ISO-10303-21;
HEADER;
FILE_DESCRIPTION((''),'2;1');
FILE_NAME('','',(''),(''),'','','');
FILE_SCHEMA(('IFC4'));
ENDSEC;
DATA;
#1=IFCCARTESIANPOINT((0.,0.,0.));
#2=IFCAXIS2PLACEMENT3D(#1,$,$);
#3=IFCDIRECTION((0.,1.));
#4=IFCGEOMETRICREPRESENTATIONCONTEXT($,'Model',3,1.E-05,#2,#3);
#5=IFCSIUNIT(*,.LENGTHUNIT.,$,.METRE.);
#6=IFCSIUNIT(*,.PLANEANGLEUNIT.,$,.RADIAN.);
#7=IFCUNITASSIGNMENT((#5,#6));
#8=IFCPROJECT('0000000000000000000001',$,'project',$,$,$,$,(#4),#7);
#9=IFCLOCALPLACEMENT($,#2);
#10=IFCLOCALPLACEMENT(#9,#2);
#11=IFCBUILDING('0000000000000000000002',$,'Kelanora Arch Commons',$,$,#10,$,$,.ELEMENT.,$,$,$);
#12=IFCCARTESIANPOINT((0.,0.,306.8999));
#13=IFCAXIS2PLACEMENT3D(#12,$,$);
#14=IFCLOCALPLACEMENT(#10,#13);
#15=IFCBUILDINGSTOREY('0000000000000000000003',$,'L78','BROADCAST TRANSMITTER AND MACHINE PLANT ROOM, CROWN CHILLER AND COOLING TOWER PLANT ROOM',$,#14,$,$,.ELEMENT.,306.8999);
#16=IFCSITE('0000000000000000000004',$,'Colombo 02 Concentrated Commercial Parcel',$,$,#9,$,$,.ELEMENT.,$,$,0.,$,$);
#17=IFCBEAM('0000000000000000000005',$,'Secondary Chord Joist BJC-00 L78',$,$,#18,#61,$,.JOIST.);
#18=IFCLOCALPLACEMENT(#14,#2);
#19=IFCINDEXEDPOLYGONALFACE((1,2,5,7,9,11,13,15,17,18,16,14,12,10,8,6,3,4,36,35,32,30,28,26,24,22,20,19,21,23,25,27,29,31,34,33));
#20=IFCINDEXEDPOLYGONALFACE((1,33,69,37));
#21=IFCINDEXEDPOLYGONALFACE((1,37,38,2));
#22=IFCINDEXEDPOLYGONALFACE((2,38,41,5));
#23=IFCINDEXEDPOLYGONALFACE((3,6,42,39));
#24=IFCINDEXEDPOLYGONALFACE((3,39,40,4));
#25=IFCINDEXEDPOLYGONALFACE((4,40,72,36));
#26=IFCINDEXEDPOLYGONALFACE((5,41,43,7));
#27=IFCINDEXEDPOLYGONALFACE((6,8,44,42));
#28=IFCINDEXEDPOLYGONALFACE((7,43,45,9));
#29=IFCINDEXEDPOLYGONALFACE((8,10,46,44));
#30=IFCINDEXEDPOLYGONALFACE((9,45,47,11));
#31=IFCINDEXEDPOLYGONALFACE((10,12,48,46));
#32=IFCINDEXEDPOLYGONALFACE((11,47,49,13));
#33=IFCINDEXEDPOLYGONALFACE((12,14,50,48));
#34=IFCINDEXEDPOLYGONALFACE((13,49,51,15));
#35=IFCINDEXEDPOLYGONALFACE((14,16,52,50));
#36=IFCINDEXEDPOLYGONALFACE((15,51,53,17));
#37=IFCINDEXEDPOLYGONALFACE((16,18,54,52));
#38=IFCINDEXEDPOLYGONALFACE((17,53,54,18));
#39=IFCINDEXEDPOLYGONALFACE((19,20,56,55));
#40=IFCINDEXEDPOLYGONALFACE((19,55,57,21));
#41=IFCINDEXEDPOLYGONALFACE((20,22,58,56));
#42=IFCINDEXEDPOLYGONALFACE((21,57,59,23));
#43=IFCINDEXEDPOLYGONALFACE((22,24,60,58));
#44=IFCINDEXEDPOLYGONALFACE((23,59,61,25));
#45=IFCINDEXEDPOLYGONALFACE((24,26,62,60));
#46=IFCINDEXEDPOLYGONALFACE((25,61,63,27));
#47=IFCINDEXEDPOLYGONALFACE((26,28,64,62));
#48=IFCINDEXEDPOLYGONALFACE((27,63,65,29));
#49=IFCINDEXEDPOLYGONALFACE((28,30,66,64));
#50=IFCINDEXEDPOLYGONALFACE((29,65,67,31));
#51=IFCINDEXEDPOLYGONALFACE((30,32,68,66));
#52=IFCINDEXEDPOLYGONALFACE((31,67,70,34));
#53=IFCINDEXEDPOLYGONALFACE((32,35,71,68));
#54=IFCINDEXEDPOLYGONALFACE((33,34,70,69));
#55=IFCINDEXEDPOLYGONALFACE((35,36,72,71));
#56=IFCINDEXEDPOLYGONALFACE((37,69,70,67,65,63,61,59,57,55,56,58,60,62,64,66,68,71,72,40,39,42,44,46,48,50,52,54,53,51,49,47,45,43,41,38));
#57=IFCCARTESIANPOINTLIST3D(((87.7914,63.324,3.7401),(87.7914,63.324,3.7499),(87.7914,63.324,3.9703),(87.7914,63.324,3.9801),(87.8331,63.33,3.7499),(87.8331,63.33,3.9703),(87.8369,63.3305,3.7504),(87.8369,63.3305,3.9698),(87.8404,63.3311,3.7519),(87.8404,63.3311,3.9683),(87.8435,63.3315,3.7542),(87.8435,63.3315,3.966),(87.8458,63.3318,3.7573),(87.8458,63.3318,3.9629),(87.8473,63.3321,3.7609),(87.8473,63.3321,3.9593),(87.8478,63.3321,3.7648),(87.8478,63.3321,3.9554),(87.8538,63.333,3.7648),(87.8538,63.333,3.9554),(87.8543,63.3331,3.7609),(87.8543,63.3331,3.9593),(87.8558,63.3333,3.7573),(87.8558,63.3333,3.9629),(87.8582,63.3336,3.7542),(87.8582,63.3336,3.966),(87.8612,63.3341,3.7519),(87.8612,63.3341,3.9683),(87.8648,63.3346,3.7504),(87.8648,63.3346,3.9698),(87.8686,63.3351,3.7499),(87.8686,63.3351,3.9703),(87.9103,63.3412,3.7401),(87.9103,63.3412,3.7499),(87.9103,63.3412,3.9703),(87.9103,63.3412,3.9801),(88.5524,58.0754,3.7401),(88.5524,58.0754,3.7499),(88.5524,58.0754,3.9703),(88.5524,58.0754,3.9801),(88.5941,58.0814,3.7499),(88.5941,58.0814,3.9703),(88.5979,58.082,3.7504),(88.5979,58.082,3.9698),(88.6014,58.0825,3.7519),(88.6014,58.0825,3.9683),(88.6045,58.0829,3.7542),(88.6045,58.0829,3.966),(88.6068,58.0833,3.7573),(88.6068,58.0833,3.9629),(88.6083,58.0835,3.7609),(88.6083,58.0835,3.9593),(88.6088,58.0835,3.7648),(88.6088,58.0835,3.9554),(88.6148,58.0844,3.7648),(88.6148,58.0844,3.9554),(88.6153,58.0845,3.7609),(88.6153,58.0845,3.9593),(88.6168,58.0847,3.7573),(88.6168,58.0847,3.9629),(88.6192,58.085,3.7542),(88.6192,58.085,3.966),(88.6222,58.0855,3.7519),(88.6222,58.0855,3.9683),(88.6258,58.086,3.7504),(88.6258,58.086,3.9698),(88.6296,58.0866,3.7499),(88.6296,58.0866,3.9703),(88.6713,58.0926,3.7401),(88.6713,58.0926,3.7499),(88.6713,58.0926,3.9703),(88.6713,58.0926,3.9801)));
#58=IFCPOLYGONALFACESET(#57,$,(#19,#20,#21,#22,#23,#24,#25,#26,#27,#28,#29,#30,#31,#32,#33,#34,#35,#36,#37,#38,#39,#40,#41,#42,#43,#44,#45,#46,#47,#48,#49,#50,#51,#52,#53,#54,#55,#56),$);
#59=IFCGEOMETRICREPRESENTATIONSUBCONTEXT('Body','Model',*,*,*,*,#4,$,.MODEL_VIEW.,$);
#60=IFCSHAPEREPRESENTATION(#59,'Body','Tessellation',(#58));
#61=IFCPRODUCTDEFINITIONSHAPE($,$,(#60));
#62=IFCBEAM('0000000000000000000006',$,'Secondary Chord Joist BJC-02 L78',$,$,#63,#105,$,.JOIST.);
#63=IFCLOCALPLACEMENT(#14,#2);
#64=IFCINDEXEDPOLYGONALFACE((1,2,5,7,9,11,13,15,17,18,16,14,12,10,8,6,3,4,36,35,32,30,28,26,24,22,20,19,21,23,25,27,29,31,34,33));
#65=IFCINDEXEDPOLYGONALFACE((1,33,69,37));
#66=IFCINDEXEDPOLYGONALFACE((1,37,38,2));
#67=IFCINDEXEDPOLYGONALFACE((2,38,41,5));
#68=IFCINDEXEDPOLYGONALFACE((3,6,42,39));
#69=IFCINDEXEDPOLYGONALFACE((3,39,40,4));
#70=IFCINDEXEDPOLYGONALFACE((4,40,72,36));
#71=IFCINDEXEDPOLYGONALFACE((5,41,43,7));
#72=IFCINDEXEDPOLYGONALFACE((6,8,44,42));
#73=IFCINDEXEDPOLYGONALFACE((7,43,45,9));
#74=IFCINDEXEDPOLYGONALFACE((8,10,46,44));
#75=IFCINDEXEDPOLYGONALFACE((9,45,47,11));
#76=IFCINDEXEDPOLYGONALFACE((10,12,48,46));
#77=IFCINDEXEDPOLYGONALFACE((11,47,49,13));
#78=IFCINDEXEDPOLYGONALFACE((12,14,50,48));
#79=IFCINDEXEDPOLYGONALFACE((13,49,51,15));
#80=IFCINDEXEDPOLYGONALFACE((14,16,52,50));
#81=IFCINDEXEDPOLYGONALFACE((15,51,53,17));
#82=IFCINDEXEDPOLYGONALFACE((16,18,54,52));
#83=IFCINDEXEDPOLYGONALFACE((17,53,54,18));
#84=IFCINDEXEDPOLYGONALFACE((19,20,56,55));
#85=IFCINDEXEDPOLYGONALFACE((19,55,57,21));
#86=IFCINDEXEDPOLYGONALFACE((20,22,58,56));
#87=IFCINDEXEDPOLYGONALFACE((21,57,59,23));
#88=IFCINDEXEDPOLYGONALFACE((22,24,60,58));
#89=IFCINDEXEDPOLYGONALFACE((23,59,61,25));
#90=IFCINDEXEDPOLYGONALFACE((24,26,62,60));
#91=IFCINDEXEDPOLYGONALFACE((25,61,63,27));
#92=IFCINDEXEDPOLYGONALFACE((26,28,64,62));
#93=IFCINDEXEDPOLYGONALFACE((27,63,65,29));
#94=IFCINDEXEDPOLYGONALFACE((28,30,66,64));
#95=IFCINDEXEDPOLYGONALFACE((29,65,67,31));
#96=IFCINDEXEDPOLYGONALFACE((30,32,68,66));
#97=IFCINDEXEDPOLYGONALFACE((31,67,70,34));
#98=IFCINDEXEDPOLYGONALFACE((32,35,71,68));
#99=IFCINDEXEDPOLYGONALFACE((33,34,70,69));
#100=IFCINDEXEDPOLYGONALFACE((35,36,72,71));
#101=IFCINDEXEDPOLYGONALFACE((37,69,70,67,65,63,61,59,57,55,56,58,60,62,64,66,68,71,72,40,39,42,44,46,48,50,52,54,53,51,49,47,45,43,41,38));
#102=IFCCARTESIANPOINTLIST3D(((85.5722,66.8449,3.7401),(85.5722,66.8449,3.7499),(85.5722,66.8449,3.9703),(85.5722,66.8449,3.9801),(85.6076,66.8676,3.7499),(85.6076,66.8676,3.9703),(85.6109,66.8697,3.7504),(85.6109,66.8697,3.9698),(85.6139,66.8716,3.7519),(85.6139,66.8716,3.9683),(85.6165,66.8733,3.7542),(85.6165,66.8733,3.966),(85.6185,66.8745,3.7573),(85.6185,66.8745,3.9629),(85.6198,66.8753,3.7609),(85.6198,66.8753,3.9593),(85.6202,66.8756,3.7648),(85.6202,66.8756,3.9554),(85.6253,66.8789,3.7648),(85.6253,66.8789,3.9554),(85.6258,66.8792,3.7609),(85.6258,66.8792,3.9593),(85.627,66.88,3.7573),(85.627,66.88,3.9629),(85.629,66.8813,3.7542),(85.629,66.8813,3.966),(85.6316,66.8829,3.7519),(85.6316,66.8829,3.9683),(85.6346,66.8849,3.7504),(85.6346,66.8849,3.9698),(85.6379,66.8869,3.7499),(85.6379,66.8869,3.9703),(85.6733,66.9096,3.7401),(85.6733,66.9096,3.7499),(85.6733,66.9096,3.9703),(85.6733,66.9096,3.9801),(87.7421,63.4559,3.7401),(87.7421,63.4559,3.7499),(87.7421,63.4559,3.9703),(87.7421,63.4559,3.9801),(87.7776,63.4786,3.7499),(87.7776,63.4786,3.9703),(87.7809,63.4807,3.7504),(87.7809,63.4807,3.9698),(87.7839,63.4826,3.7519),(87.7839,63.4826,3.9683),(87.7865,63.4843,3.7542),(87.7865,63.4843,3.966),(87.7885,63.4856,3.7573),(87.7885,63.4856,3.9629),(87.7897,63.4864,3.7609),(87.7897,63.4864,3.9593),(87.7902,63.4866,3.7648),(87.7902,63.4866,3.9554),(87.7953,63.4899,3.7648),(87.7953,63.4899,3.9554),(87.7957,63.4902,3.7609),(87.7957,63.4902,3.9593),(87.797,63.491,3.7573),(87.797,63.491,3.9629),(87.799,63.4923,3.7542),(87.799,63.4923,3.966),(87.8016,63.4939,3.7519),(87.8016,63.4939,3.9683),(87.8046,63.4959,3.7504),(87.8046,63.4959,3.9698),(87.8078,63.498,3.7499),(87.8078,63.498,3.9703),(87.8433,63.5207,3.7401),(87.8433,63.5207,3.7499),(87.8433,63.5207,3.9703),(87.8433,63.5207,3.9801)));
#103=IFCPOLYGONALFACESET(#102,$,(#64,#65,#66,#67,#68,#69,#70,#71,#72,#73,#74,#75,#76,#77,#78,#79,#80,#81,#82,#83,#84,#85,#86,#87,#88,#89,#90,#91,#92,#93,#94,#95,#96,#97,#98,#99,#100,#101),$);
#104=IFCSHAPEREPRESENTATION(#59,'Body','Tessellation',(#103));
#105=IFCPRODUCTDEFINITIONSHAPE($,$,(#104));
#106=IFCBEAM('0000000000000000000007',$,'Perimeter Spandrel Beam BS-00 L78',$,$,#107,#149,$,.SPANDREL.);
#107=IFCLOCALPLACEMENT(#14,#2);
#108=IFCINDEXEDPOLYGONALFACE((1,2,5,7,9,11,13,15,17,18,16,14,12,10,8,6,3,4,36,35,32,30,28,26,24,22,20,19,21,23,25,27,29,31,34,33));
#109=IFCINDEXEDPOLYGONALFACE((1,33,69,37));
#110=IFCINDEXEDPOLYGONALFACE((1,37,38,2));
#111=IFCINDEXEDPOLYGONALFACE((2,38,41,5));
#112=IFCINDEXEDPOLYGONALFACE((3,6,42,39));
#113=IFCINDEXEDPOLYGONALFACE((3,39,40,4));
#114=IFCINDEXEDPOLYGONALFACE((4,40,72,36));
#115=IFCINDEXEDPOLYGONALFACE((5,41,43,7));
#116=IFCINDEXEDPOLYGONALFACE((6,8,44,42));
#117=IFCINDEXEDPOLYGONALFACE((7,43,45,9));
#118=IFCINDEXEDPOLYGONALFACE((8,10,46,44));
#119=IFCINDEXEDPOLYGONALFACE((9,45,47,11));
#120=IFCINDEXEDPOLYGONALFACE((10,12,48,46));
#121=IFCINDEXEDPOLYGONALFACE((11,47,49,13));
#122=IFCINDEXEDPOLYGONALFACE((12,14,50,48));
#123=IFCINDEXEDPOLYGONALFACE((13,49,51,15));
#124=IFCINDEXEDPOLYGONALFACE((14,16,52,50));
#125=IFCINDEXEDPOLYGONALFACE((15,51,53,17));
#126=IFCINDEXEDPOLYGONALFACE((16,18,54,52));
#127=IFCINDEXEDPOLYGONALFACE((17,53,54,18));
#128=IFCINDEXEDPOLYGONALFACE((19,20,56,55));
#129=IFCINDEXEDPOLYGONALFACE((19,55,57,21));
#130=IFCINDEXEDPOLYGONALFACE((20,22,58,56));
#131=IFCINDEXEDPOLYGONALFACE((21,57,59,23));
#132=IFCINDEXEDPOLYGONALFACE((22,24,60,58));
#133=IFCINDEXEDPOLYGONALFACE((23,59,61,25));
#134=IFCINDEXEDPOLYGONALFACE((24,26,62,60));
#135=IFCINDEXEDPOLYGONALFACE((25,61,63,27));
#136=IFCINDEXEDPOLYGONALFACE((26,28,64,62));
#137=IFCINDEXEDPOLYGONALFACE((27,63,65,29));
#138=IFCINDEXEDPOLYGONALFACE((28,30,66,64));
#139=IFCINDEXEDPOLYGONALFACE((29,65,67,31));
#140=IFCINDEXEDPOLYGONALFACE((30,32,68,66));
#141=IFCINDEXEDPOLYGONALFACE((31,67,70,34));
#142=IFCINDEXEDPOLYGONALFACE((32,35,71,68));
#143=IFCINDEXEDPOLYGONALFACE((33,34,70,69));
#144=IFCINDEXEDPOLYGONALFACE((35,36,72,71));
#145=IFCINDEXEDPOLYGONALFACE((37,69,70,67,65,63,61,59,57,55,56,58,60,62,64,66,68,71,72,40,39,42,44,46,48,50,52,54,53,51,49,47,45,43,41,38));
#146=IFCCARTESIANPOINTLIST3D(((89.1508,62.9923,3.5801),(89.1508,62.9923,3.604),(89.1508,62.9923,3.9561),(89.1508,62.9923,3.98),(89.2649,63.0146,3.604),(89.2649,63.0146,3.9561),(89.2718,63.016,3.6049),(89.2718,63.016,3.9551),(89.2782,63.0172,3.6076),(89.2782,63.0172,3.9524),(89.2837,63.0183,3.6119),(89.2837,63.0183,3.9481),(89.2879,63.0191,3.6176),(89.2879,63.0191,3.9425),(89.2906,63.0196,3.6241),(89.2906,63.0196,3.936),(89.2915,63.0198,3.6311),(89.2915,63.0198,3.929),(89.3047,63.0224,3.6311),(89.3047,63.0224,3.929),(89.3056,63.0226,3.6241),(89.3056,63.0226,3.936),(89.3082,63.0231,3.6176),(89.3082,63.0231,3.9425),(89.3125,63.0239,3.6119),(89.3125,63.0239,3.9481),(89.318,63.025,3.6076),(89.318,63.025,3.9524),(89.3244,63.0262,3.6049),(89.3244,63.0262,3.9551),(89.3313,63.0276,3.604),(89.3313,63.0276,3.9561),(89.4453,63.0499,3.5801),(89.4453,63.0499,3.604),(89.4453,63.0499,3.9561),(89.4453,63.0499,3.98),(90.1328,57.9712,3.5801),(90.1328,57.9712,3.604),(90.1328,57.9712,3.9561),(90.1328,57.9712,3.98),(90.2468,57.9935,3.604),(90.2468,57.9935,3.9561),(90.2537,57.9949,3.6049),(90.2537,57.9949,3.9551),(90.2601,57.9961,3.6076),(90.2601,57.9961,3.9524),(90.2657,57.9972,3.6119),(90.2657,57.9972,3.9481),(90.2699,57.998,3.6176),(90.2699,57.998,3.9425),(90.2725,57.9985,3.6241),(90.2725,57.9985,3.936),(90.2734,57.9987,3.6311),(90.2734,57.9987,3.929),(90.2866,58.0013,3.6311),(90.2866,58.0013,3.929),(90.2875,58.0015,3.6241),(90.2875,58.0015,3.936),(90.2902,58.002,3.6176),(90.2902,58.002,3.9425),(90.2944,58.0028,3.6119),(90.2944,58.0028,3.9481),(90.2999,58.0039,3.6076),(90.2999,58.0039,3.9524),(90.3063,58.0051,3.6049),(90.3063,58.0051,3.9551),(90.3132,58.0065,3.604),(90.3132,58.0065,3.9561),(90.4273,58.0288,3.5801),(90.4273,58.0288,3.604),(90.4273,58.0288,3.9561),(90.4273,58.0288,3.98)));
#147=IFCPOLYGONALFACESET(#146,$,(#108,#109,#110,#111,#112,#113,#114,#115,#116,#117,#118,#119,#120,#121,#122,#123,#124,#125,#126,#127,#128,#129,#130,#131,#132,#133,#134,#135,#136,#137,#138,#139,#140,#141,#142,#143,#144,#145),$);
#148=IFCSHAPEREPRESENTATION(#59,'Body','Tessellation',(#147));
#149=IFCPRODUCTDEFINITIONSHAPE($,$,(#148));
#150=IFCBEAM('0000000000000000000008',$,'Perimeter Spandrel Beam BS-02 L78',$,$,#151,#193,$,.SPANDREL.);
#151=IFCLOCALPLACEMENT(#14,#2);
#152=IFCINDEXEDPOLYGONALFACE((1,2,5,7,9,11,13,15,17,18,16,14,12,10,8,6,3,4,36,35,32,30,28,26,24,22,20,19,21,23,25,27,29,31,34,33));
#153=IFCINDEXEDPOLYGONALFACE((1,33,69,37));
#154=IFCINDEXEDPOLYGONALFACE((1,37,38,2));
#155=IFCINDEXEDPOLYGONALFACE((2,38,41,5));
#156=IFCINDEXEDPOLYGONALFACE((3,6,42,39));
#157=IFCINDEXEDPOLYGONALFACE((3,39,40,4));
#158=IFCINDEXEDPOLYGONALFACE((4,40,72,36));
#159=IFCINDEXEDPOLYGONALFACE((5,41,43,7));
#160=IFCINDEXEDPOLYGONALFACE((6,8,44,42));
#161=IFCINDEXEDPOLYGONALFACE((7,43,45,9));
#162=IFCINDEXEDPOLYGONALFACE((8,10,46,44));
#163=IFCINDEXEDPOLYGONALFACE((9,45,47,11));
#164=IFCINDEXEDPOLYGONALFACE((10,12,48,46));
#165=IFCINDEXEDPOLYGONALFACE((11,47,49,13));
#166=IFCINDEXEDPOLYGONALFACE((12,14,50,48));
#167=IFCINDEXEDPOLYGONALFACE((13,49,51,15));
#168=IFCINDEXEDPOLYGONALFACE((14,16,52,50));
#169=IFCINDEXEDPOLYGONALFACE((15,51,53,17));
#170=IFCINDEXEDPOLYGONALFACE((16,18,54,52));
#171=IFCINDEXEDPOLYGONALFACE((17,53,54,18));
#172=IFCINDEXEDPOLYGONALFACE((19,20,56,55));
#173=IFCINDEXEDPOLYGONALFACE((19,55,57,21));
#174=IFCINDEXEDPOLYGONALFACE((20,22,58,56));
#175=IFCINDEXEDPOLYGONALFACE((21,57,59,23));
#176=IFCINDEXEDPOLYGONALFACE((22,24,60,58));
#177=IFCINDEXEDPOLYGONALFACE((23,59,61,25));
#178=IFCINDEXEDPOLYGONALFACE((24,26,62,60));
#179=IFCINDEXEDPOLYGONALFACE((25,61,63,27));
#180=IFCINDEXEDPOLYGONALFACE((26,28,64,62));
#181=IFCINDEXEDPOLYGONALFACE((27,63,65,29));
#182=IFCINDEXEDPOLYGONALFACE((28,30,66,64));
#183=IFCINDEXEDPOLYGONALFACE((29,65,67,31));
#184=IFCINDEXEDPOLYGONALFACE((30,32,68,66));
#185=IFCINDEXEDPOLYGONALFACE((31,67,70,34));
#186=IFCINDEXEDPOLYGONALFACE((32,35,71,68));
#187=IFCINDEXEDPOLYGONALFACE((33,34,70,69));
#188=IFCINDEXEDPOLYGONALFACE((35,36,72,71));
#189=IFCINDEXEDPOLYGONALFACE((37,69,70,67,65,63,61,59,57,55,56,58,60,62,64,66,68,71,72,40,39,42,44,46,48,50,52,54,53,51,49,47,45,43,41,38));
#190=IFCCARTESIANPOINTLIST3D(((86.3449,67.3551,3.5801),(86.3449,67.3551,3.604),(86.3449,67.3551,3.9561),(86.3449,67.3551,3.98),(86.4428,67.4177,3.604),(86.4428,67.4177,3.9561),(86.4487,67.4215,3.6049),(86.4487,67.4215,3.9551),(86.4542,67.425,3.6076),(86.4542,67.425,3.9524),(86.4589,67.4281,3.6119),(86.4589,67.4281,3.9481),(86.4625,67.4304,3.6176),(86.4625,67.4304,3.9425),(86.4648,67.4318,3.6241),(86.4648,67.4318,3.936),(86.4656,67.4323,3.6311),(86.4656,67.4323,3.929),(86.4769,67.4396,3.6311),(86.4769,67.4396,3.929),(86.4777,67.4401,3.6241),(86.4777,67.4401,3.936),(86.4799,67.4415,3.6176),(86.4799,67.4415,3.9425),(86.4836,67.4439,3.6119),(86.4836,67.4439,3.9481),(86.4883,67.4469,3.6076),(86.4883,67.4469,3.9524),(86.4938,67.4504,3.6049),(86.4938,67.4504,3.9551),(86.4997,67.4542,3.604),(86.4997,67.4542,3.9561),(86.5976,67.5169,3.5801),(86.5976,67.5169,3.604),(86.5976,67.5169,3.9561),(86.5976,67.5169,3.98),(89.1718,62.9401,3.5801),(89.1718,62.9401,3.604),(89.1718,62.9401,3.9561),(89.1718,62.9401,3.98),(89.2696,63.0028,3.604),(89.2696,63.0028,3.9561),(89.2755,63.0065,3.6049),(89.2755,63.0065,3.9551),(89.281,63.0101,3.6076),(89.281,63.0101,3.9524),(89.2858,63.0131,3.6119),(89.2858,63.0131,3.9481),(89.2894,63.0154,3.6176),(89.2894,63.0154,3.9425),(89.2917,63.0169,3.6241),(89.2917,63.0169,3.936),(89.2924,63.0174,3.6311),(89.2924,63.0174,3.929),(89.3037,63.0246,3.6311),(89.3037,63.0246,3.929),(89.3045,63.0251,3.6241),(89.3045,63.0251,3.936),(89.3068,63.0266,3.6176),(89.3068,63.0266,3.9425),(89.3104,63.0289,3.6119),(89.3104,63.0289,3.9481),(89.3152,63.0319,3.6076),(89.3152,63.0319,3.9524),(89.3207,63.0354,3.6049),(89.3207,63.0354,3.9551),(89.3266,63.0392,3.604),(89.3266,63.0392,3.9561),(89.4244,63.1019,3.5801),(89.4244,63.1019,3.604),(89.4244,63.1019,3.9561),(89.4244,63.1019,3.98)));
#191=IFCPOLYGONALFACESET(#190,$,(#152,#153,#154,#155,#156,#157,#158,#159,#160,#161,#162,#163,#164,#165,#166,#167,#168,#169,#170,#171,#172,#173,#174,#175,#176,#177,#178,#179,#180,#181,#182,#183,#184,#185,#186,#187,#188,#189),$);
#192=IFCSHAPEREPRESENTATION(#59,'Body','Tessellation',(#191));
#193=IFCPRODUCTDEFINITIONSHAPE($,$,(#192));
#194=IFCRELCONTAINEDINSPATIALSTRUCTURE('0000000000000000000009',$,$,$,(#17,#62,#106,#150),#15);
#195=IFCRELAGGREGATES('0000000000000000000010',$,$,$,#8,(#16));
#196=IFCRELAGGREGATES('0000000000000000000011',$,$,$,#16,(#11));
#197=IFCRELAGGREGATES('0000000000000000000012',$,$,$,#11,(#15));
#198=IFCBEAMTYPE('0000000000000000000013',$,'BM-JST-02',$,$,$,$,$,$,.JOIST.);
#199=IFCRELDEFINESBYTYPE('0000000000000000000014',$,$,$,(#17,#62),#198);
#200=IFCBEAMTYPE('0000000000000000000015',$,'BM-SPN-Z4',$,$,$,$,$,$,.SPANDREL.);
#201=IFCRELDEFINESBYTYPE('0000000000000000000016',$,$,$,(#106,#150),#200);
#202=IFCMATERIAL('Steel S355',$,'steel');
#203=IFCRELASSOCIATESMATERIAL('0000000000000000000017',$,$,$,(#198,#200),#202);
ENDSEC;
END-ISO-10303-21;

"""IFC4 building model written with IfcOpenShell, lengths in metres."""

from ifc_helpers import new_model, si_unit, direction, frame, origin, origin_2d, place, context, subcontext, project, spatial, i_section, extrude, material, material_profile, profile_set, type_object, element, save


model = new_model("IFC4")

# Units and contexts
model_context = context("Model", 3, precision=1e-05, world=origin(), true_north=direction((0.0, 1.0)))
body_context = subcontext(model_context, "Body", "Model", "MODEL_VIEW")
ifc_project = project(units=[si_unit("LENGTHUNIT", "METRE"), si_unit("PLANEANGLEUNIT", "RADIAN")], contexts=[model_context])

# Site, building, storey
site_placement = place(None, origin())
site = spatial("IfcSite", under=ifc_project, at=site_placement, Name="Colombo 02 Concentrated Commercial Parcel", CompositionType="ELEMENT", RefElevation=0.0)
building_placement = place(site_placement, origin())
building = spatial("IfcBuilding", under=site, at=building_placement, Name="Kelanora Arch Commons", CompositionType="ELEMENT")
storey_placement = place(building_placement, frame((0.0, 0.0, 306.8999)))
storey = spatial("IfcBuildingStorey", under=building, at=storey_placement, Name="L78", Description="BROADCAST TRANSMITTER AND MACHINE PLANT ROOM, CROWN CHILLER AND COOLING TOWER PLANT ROOM", CompositionType="ELEMENT", Elevation=306.8999)

# Beams
ifc_material_1 = material(Name="Steel S355", Category="steel")
ifc_material_profile_1 = material_profile(ifc_material_1, i_section(OverallWidth=0.1201, OverallDepth=0.24, WebThickness=0.0061, FlangeThickness=0.0098, FilletRadius=0.0149, at=origin_2d()), Name="IPE240")
ifc_profile_set_1 = profile_set([ifc_material_profile_1], Name="Steel S355")
beam_type_1 = type_object("IfcBeamType", Name="BM-JST-02", PredefinedType="JOIST", material=ifc_profile_set_1)
beam_1_placement = place(storey_placement, frame((88.6118, 58.084, 3.8601), z_axis=(-0.14349, 0.989652, 0.0), x_axis=(-0.989652, -0.14349, 0.0)))
element("IfcBeam", 1, at=beam_1_placement, inside=storey, type_object=beam_type_1, Name="Secondary Chord Joist BJC-00 L78", PredefinedType="JOIST", context=body_context, shape_type="SweptSolid", body=[
    extrude(i_section(OverallWidth=0.1201, OverallDepth=0.24, WebThickness=0.0061, FlangeThickness=0.0098, FilletRadius=0.0149, at=origin_2d()), origin(), (0.0, 0.0, 1.0), 5.3035),
])
beam_2_placement = place(storey_placement, frame((87.7927, 63.4883, 3.8601), z_axis=(-0.539233, 0.842157, 0.0), x_axis=(-0.842157, -0.539233, 0.0)))
element("IfcBeam", 2, at=beam_2_placement, inside=storey, type_object=beam_type_1, Name="Secondary Chord Joist BJC-02 L78", PredefinedType="JOIST", context=body_context, shape_type="SweptSolid", body=[
    extrude(i_section(OverallWidth=0.1201, OverallDepth=0.24, WebThickness=0.0061, FlangeThickness=0.0098, FilletRadius=0.0149, at=origin_2d()), origin(), (0.0, 0.0, 1.0), 4.0242),
])
ifc_material_profile_2 = material_profile(ifc_material_1, i_section(OverallWidth=0.3, OverallDepth=0.3999, WebThickness=0.0134, FlangeThickness=0.0239, FilletRadius=0.0271, at=origin_2d()), Name="HEB400")
ifc_profile_set_2 = profile_set([ifc_material_profile_2], Name="Steel S355")
beam_type_2 = type_object("IfcBeamType", Name="BM-SPN-Z4", PredefinedType="SPANDREL", material=ifc_profile_set_2)
beam_3_placement = place(storey_placement, frame((90.28, 58.0, 3.78), z_axis=(-0.19193, 0.981409, 0.0), x_axis=(-0.981409, -0.19193, 0.0)))
element("IfcBeam", 3, at=beam_3_placement, inside=storey, type_object=beam_type_2, Name="Perimeter Spandrel Beam BS-00 L78", PredefinedType="SPANDREL", context=body_context, shape_type="SweptSolid", body=[
    extrude(i_section(OverallWidth=0.3, OverallDepth=0.3999, WebThickness=0.0134, FlangeThickness=0.0239, FilletRadius=0.0271, at=origin_2d()), origin(), (0.0, 0.0, 1.0), 5.1162),
])
beam_4_placement = place(storey_placement, frame((89.2981, 63.021, 3.78), z_axis=(-0.539227, 0.842161, 0.0), x_axis=(-0.842161, -0.539227, 0.0)))
element("IfcBeam", 4, at=beam_4_placement, inside=storey, type_object=beam_type_2, Name="Perimeter Spandrel Beam BS-02 L78", PredefinedType="SPANDREL", context=body_context, shape_type="SweptSolid", body=[
    extrude(i_section(OverallWidth=0.3, OverallDepth=0.3999, WebThickness=0.0134, FlangeThickness=0.0239, FilletRadius=0.0271, at=origin_2d()), origin(), (0.0, 0.0, 1.0), 5.2424),
])

save(model, "model.ifc")
